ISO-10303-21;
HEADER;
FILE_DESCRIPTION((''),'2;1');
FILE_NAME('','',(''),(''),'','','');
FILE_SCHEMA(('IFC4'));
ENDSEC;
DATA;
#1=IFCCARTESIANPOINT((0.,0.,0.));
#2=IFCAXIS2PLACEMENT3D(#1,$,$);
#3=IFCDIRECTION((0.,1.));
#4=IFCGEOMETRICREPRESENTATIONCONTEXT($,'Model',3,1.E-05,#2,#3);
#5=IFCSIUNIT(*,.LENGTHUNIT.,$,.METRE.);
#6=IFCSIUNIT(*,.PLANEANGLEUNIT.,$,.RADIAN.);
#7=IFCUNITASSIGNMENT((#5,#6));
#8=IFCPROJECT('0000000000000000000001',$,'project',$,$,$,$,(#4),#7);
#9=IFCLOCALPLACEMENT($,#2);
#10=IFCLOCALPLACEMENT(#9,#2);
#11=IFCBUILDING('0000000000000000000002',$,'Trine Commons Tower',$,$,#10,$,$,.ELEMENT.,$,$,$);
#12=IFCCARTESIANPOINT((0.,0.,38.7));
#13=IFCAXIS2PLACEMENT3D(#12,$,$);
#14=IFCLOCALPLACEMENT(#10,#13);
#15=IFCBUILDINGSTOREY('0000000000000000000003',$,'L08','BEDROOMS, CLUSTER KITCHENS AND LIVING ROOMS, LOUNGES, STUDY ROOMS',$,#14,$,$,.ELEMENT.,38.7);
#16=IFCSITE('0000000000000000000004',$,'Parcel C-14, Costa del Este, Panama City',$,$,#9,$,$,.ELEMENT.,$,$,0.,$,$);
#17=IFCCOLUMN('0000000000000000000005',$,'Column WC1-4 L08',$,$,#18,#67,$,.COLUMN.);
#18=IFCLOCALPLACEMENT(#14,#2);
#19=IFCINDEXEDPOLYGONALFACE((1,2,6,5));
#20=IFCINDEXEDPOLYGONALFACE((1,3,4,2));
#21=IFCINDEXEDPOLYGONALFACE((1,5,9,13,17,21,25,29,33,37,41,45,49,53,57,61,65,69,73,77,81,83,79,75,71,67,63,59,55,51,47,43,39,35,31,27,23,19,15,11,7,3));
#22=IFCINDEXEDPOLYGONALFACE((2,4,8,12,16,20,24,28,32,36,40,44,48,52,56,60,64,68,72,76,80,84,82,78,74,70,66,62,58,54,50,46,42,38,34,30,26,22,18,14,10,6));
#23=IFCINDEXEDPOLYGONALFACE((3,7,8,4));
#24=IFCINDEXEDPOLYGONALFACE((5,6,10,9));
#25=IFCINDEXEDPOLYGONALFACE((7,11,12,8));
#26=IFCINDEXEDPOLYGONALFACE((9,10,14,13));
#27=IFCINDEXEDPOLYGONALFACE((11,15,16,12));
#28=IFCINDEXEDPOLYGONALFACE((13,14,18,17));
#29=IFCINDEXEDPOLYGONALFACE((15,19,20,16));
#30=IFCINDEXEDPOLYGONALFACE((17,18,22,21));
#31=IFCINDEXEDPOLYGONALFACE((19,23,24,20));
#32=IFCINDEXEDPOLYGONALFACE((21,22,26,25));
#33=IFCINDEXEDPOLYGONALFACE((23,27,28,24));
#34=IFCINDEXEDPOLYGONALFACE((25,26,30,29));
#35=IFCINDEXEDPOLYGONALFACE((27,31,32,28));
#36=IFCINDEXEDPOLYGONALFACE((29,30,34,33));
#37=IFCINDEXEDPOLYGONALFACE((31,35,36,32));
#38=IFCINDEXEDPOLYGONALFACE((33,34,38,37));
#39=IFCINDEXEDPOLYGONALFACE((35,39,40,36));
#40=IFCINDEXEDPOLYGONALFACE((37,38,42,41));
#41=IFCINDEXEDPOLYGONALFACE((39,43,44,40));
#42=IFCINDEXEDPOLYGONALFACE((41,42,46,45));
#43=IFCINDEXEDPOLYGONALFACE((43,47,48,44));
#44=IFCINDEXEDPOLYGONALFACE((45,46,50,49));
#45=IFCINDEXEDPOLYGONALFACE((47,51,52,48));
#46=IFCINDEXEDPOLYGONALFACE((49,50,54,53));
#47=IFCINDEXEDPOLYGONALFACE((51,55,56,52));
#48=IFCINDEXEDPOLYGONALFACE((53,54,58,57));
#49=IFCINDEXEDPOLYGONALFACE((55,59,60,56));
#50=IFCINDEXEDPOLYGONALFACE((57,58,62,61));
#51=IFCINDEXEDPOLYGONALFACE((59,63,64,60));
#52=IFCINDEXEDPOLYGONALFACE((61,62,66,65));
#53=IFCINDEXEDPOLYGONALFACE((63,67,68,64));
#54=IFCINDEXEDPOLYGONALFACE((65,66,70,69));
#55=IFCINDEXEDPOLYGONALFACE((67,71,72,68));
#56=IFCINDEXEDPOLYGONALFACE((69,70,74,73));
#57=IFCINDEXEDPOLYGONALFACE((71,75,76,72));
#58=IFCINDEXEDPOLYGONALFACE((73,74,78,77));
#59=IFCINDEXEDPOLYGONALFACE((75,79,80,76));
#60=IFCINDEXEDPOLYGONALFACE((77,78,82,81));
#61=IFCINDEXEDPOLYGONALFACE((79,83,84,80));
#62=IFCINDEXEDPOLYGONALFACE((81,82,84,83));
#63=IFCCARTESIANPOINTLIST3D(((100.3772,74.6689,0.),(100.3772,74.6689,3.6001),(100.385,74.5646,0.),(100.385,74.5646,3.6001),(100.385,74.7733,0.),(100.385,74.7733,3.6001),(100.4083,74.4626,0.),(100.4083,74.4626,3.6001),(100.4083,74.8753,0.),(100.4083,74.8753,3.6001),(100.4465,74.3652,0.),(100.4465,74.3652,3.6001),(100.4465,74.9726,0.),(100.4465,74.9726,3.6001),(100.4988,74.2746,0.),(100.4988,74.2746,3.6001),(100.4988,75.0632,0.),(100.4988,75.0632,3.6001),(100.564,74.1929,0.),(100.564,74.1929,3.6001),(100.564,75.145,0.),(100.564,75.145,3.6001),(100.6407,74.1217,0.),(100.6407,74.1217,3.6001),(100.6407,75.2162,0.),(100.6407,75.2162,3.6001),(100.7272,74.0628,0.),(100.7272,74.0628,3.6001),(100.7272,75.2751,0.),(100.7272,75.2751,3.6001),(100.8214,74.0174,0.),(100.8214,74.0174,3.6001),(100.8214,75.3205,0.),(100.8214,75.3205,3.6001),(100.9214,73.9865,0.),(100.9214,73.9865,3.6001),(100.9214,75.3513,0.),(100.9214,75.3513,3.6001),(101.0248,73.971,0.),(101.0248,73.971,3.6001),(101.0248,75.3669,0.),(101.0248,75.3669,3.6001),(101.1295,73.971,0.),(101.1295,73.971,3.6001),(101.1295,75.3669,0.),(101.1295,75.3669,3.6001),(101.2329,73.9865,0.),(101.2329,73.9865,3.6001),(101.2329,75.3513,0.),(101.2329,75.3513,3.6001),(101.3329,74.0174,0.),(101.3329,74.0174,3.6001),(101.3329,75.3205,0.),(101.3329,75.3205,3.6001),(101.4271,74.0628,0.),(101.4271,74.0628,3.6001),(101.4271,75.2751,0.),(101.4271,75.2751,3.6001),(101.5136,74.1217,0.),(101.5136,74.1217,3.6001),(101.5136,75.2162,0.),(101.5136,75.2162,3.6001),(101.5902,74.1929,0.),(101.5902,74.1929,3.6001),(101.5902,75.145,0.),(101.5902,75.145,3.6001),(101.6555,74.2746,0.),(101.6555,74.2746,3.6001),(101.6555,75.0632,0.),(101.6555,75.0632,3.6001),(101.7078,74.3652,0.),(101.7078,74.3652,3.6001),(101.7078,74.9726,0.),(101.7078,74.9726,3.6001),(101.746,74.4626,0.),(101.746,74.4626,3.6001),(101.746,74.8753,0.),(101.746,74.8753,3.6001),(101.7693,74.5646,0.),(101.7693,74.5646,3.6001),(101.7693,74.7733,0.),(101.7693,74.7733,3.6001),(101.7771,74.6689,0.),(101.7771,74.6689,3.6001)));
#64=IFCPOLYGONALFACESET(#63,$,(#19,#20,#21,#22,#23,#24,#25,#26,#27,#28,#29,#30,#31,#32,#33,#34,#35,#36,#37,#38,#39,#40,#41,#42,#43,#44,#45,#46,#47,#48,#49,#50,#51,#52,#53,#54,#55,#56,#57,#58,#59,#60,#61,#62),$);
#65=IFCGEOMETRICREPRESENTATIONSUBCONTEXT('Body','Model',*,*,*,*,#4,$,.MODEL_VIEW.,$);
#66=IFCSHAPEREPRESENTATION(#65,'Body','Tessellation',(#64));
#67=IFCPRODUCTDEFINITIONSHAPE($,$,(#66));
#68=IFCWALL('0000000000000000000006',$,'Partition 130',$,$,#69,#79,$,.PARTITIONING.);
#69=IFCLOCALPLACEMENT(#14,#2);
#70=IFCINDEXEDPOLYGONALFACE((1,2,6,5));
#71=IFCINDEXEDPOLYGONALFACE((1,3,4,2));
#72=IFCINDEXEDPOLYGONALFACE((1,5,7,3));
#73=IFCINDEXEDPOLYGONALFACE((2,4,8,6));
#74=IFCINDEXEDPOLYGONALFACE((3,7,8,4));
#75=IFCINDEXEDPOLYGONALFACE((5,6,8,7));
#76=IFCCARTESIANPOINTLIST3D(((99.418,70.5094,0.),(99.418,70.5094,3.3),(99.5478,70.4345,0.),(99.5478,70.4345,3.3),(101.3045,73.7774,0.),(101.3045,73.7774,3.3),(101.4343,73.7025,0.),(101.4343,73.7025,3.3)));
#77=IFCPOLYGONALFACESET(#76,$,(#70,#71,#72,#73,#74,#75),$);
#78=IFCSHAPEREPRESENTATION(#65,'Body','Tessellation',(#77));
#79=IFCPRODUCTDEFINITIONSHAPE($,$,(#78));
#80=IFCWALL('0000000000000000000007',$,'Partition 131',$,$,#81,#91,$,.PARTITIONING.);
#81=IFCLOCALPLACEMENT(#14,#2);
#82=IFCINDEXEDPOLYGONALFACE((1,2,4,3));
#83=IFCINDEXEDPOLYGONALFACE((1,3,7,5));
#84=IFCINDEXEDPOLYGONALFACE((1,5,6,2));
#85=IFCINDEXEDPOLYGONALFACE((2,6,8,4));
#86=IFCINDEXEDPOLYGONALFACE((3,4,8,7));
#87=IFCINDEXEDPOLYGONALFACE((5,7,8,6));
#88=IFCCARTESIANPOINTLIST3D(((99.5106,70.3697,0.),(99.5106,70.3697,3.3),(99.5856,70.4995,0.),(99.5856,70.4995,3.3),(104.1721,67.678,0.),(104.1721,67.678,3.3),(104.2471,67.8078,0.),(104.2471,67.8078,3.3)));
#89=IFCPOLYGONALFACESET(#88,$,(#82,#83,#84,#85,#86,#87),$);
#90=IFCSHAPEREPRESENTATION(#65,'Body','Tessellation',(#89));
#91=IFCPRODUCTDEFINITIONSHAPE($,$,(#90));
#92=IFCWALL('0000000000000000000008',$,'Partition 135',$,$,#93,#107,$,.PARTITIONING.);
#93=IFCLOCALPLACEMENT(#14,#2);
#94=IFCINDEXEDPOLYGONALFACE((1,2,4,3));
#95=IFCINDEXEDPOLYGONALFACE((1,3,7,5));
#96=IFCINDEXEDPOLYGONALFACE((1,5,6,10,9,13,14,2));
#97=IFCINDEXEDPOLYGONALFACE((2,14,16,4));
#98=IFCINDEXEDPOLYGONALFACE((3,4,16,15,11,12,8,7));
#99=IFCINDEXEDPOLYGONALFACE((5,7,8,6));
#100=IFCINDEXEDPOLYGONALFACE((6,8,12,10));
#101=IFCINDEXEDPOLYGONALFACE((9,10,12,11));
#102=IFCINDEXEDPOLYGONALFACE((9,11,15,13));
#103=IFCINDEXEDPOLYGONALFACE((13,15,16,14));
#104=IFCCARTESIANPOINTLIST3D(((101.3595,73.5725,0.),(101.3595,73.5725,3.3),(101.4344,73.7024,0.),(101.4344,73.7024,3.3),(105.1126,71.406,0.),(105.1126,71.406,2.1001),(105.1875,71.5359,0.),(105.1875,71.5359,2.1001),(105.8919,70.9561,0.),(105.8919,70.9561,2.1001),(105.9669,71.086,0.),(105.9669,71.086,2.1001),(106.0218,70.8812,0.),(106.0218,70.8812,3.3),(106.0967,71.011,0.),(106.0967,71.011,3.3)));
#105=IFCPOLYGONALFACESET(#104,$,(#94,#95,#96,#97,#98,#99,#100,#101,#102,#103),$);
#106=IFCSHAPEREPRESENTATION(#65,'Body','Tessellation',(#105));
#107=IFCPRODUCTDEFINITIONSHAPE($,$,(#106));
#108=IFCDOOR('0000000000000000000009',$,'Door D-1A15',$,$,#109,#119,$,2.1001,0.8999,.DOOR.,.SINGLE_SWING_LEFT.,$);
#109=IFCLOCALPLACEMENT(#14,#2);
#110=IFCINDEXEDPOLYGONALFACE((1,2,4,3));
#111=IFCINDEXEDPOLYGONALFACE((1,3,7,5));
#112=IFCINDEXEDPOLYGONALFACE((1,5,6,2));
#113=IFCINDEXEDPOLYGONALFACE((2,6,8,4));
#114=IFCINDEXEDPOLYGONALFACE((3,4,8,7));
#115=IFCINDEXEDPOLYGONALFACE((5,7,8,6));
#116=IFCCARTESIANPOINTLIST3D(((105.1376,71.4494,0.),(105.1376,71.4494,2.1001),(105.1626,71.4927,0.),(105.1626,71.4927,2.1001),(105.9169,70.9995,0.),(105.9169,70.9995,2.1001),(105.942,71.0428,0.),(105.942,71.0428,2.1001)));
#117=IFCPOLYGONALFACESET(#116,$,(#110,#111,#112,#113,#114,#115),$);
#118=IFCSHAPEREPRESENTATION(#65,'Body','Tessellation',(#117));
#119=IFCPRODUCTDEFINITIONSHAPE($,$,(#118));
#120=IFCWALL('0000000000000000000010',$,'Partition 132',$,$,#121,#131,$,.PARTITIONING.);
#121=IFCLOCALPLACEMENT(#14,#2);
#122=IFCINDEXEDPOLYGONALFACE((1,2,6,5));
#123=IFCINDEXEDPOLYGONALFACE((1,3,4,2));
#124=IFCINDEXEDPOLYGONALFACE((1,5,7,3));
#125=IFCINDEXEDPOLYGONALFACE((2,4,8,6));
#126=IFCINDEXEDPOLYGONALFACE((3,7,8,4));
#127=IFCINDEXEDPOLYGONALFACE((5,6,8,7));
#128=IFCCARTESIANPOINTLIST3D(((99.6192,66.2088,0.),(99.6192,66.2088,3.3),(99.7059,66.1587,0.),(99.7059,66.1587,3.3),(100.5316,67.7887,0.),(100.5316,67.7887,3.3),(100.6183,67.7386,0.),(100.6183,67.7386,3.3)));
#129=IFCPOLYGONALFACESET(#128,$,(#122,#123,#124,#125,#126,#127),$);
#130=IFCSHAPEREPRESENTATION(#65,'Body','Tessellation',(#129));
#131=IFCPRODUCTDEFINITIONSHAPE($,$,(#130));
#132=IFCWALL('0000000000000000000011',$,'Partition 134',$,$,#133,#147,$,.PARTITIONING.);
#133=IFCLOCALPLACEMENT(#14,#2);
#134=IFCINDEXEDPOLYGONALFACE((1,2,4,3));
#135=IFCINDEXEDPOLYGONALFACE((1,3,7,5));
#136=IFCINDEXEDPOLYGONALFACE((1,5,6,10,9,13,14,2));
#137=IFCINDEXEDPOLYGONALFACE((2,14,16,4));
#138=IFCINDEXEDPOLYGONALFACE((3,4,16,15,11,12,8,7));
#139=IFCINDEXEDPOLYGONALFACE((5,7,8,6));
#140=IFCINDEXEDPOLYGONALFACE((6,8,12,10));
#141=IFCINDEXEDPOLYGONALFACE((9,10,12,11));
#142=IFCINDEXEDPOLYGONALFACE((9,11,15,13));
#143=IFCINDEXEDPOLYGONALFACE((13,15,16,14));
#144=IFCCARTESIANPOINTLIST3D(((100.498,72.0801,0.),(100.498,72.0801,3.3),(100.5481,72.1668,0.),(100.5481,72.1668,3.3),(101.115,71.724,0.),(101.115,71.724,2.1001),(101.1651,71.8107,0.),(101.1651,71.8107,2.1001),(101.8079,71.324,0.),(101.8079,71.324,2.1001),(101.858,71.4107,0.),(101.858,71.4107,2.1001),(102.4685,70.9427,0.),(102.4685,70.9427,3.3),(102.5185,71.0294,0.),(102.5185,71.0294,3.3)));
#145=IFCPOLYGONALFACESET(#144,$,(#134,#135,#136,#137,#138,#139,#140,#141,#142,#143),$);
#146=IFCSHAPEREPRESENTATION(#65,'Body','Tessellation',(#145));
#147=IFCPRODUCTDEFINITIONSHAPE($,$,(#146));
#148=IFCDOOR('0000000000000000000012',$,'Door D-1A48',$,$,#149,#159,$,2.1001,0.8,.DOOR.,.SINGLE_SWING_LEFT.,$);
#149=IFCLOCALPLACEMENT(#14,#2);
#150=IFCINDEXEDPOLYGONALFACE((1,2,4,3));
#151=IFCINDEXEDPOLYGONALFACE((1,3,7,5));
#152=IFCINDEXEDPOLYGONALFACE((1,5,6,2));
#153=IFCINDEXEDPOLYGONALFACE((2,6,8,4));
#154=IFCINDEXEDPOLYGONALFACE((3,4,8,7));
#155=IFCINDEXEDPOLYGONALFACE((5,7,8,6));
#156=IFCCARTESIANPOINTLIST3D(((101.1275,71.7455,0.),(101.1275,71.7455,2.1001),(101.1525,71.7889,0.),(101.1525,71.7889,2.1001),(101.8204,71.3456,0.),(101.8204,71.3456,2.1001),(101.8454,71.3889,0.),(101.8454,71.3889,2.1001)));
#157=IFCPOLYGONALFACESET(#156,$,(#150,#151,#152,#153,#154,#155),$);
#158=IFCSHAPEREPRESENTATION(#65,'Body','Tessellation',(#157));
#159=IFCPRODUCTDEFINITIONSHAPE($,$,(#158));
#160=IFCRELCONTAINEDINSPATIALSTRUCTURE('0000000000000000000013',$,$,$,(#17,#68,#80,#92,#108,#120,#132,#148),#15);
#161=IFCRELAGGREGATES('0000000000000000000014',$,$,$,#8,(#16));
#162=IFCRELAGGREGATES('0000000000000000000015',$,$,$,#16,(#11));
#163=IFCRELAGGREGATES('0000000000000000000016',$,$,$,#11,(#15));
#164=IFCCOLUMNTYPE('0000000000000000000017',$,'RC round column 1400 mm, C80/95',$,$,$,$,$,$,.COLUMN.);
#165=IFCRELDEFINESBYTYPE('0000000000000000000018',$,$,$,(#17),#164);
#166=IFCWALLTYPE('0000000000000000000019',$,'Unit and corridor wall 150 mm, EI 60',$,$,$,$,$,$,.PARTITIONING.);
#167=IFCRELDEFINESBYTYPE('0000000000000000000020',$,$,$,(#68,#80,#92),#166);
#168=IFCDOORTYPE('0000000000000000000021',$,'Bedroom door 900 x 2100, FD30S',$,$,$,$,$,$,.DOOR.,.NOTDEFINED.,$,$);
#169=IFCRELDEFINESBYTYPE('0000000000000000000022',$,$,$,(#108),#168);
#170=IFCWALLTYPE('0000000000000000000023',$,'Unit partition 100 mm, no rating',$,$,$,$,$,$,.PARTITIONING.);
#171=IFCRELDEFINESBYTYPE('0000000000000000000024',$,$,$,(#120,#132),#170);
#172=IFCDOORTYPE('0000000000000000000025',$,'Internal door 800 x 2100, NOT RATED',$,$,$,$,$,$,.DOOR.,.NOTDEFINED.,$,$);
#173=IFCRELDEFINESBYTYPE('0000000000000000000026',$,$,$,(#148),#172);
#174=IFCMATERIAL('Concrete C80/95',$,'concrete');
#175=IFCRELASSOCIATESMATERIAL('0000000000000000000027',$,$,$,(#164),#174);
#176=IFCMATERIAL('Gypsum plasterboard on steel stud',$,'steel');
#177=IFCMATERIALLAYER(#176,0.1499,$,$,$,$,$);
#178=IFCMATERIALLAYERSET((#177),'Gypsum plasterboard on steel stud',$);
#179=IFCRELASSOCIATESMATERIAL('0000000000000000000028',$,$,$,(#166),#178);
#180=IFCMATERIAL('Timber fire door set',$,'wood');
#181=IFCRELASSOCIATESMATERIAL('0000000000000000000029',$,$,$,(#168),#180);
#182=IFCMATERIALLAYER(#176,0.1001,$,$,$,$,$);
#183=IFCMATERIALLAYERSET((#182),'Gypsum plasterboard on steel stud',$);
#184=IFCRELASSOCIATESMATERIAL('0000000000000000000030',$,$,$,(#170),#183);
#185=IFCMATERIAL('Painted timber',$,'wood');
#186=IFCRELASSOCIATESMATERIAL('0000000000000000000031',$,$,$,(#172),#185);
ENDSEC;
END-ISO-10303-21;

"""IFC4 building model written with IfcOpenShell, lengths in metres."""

from ifc_helpers import new_model, si_unit, direction, frame, frame_2d, origin, origin_2d, place, context, subcontext, project, spatial, rectangle, circle, extrude, material, layer, layer_set, material_profile, profile_set, type_object, element, fill, save


model = new_model("IFC4")

# Units and contexts
model_context = context("Model", 3, precision=1e-05, world=origin(), true_north=direction((0.0, 1.0)))
body_context = subcontext(model_context, "Body", "Model", "MODEL_VIEW")
ifc_project = project(units=[si_unit("LENGTHUNIT", "METRE"), si_unit("PLANEANGLEUNIT", "RADIAN")], contexts=[model_context])

# Site, building, storey
site_placement = place(None, origin())
site = spatial("IfcSite", under=ifc_project, at=site_placement, Name="Parcel C-14, Costa del Este, Panama City", CompositionType="ELEMENT", RefElevation=0.0)
building_placement = place(site_placement, origin())
building = spatial("IfcBuilding", under=site, at=building_placement, Name="Trine Commons Tower", CompositionType="ELEMENT")
storey_placement = place(building_placement, frame((0.0, 0.0, 38.7)))
storey = spatial("IfcBuildingStorey", under=building, at=storey_placement, Name="L08", Description="BEDROOMS, CLUSTER KITCHENS AND LIVING ROOMS, LOUNGES, STUDY ROOMS", CompositionType="ELEMENT", Elevation=38.7)

# Column
ifc_material_1 = material(Name="Concrete C80/95", Category="concrete")
ifc_material_profile = material_profile(ifc_material_1, circle(Radius=0.7, at=origin_2d()), Name="RC round 1400")
ifc_profile_set = profile_set([ifc_material_profile], Name="Concrete C80/95")
column_type = type_object("IfcColumnType", Name="RC round column 1400 mm, C80/95", PredefinedType="COLUMN", material=ifc_profile_set)
column_placement = place(storey_placement, frame((101.0771, 74.6689, 0.0), z_axis=(0.0, 0.0, 1.0), x_axis=(1.0, 0.0, 0.0)))
element("IfcColumn", 1, at=column_placement, inside=storey, type_object=column_type, Name="Column WC1-4 L08", PredefinedType="COLUMN", context=body_context, shape_type="SweptSolid", body=[
    extrude(circle(Radius=0.7, at=origin_2d()), origin(), (0.0, 0.0, 1.0), 3.6001),
])

# Walls
ifc_material_2 = material(Name="Gypsum plasterboard on steel stud", Category="steel")
ifc_layer_1 = layer(ifc_material_2, 0.1499)
ifc_layer_set_1 = layer_set([ifc_layer_1], Name="Gypsum plasterboard on steel stud")
wall_type_1 = type_object("IfcWallType", Name="Unit and corridor wall 150 mm, EI 60", PredefinedType="PARTITIONING", material=ifc_layer_set_1)
wall_1_placement = place(storey_placement, frame((99.4829, 70.4719, 0.0), z_axis=(0.0, 0.0, 1.0), x_axis=(0.499932, 0.866065, 0.0)))
element("IfcWall", 2, at=wall_1_placement, inside=storey, type_object=wall_type_1, Name="Partition 130", PredefinedType="PARTITIONING", context=body_context, shape_type="SweptSolid", body=[
    extrude(rectangle(XDim=3.7734, YDim=0.1499, at=frame_2d((1.8867, 0.0))), origin(), (0.0, 0.0, 1.0), 3.3),
])
wall_2_placement = place(storey_placement, frame((99.5481, 70.4346, 0.0), z_axis=(0.0, 0.0, 1.0), x_axis=(0.865993, -0.500056, 0.0)))
element("IfcWall", 3, at=wall_2_placement, inside=storey, type_object=wall_type_1, Name="Partition 131", PredefinedType="PARTITIONING", context=body_context, shape_type="SweptSolid", body=[
    extrude(rectangle(XDim=5.3828, YDim=0.1499, at=frame_2d((2.6914, 0.0))), origin(), (0.0, 0.0, 1.0), 3.3),
])

# Wall, opening, door
wall_3_placement = place(storey_placement, frame((101.397, 73.6375, 0.0), z_axis=(0.0, 0.0, 1.0), x_axis=(0.866058, -0.499944, 0.0)))
wall_3 = element("IfcWall", 4, at=wall_3_placement, inside=storey, type_object=wall_type_1, Name="Partition 135", PredefinedType="PARTITIONING", context=body_context, shape_type="SweptSolid", body=[
    extrude(rectangle(XDim=5.3833, YDim=0.1499, at=frame_2d((2.6917, 0.0))), origin(), (0.0, 0.0, 1.0), 3.3),
])
opening_1_placement = place(wall_3_placement, frame((4.3335, 0.0, 0.0)))
opening_1 = element("IfcOpeningElement", 5, at=opening_1_placement, cuts=wall_3, PredefinedType="OPENING", context=body_context, shape_type="SweptSolid", body=[
    extrude(rectangle(XDim=0.8999, YDim=2.1001, at=frame_2d((0.45, 1.05))), frame((0.0, 0.085, 0.0), z_axis=(0.0, -1.0, 0.0), x_axis=(1.0, 0.0, 0.0)), (0.0, 0.0, 1.0), 0.1699),
])
ifc_material_3 = material(Name="Timber fire door set", Category="wood")
door_type_1 = type_object("IfcDoorType", Name="Bedroom door 900 x 2100, FD30S", OperationType="NOTDEFINED", PredefinedType="DOOR", material=ifc_material_3)
door_1_placement = place(opening_1_placement, frame((0.8999, 0.0, 0.0), z_axis=(0.0, 0.0, 1.0), x_axis=(-1.0, 0.0, 0.0)))
door_1 = element("IfcDoor", 6, at=door_1_placement, inside=storey, type_object=door_type_1, Name="Door D-1A15", OperationType="SINGLE_SWING_LEFT", OverallHeight=2.1001, OverallWidth=0.8999, PredefinedType="DOOR", context=body_context, shape_type="SweptSolid", body=[
    extrude(rectangle(XDim=0.8999, YDim=2.1001, at=frame_2d((0.45, 1.05))), frame((0.0, 0.0249, 0.0), z_axis=(0.0, -1.0, 0.0), x_axis=(1.0, 0.0, 0.0)), (0.0, 0.0, 1.0), 0.05),
])
fill(opening_1, door_1)

# Wall
ifc_layer_2 = layer(ifc_material_2, 0.1001)
ifc_layer_set_2 = layer_set([ifc_layer_2], Name="Gypsum plasterboard on steel stud")
wall_type_2 = type_object("IfcWallType", Name="Unit partition 100 mm, no rating", PredefinedType="PARTITIONING", material=ifc_layer_set_2)
wall_4_placement = place(storey_placement, frame((99.6626, 66.1838, 0.0), z_axis=(0.0, 0.0, 1.0), x_axis=(0.500097, 0.865969, 0.0)))
element("IfcWall", 7, at=wall_4_placement, inside=storey, type_object=wall_type_2, Name="Partition 132", PredefinedType="PARTITIONING", context=body_context, shape_type="SweptSolid", body=[
    extrude(rectangle(XDim=1.8245, YDim=0.1001, at=frame_2d((0.9121, 0.0))), origin(), (0.0, 0.0, 1.0), 3.3),
])

# Wall, opening, door
wall_5_placement = place(storey_placement, frame((100.5229, 72.1235, 0.0), z_axis=(0.0, 0.0, 1.0), x_axis=(0.866062, -0.499936, 0.0)))
wall_5 = element("IfcWall", 8, at=wall_5_placement, inside=storey, type_object=wall_type_2, Name="Partition 134", PredefinedType="PARTITIONING", context=body_context, shape_type="SweptSolid", body=[
    extrude(rectangle(XDim=2.2751, YDim=0.1001, at=frame_2d((1.1377, 0.0))), origin(), (0.0, 0.0, 1.0), 3.3),
])
opening_2_placement = place(wall_5_placement, frame((0.7126, 0.0, 0.0)))
opening_2 = element("IfcOpeningElement", 9, at=opening_2_placement, cuts=wall_5, PredefinedType="OPENING", context=body_context, shape_type="SweptSolid", body=[
    extrude(rectangle(XDim=0.8, YDim=2.1001, at=frame_2d((0.3999, 1.05))), frame((0.0, 0.0601, 0.0), z_axis=(0.0, -1.0, 0.0), x_axis=(1.0, 0.0, 0.0)), (0.0, 0.0, 1.0), 0.1201),
])
ifc_material_4 = material(Name="Painted timber", Category="wood")
door_type_2 = type_object("IfcDoorType", Name="Internal door 800 x 2100, NOT RATED", OperationType="NOTDEFINED", PredefinedType="DOOR", material=ifc_material_4)
door_2_placement = place(opening_2_placement, origin())
door_2 = element("IfcDoor", 10, at=door_2_placement, inside=storey, type_object=door_type_2, Name="Door D-1A48", OperationType="SINGLE_SWING_LEFT", OverallHeight=2.1001, OverallWidth=0.8, PredefinedType="DOOR", context=body_context, shape_type="SweptSolid", body=[
    extrude(rectangle(XDim=0.8, YDim=2.1001, at=frame_2d((0.3999, 1.05))), frame((0.0, 0.0249, 0.0), z_axis=(0.0, -1.0, 0.0), x_axis=(1.0, 0.0, 0.0)), (0.0, 0.0, 1.0), 0.05),
])
fill(opening_2, door_2)

save(model, "model.ifc")
